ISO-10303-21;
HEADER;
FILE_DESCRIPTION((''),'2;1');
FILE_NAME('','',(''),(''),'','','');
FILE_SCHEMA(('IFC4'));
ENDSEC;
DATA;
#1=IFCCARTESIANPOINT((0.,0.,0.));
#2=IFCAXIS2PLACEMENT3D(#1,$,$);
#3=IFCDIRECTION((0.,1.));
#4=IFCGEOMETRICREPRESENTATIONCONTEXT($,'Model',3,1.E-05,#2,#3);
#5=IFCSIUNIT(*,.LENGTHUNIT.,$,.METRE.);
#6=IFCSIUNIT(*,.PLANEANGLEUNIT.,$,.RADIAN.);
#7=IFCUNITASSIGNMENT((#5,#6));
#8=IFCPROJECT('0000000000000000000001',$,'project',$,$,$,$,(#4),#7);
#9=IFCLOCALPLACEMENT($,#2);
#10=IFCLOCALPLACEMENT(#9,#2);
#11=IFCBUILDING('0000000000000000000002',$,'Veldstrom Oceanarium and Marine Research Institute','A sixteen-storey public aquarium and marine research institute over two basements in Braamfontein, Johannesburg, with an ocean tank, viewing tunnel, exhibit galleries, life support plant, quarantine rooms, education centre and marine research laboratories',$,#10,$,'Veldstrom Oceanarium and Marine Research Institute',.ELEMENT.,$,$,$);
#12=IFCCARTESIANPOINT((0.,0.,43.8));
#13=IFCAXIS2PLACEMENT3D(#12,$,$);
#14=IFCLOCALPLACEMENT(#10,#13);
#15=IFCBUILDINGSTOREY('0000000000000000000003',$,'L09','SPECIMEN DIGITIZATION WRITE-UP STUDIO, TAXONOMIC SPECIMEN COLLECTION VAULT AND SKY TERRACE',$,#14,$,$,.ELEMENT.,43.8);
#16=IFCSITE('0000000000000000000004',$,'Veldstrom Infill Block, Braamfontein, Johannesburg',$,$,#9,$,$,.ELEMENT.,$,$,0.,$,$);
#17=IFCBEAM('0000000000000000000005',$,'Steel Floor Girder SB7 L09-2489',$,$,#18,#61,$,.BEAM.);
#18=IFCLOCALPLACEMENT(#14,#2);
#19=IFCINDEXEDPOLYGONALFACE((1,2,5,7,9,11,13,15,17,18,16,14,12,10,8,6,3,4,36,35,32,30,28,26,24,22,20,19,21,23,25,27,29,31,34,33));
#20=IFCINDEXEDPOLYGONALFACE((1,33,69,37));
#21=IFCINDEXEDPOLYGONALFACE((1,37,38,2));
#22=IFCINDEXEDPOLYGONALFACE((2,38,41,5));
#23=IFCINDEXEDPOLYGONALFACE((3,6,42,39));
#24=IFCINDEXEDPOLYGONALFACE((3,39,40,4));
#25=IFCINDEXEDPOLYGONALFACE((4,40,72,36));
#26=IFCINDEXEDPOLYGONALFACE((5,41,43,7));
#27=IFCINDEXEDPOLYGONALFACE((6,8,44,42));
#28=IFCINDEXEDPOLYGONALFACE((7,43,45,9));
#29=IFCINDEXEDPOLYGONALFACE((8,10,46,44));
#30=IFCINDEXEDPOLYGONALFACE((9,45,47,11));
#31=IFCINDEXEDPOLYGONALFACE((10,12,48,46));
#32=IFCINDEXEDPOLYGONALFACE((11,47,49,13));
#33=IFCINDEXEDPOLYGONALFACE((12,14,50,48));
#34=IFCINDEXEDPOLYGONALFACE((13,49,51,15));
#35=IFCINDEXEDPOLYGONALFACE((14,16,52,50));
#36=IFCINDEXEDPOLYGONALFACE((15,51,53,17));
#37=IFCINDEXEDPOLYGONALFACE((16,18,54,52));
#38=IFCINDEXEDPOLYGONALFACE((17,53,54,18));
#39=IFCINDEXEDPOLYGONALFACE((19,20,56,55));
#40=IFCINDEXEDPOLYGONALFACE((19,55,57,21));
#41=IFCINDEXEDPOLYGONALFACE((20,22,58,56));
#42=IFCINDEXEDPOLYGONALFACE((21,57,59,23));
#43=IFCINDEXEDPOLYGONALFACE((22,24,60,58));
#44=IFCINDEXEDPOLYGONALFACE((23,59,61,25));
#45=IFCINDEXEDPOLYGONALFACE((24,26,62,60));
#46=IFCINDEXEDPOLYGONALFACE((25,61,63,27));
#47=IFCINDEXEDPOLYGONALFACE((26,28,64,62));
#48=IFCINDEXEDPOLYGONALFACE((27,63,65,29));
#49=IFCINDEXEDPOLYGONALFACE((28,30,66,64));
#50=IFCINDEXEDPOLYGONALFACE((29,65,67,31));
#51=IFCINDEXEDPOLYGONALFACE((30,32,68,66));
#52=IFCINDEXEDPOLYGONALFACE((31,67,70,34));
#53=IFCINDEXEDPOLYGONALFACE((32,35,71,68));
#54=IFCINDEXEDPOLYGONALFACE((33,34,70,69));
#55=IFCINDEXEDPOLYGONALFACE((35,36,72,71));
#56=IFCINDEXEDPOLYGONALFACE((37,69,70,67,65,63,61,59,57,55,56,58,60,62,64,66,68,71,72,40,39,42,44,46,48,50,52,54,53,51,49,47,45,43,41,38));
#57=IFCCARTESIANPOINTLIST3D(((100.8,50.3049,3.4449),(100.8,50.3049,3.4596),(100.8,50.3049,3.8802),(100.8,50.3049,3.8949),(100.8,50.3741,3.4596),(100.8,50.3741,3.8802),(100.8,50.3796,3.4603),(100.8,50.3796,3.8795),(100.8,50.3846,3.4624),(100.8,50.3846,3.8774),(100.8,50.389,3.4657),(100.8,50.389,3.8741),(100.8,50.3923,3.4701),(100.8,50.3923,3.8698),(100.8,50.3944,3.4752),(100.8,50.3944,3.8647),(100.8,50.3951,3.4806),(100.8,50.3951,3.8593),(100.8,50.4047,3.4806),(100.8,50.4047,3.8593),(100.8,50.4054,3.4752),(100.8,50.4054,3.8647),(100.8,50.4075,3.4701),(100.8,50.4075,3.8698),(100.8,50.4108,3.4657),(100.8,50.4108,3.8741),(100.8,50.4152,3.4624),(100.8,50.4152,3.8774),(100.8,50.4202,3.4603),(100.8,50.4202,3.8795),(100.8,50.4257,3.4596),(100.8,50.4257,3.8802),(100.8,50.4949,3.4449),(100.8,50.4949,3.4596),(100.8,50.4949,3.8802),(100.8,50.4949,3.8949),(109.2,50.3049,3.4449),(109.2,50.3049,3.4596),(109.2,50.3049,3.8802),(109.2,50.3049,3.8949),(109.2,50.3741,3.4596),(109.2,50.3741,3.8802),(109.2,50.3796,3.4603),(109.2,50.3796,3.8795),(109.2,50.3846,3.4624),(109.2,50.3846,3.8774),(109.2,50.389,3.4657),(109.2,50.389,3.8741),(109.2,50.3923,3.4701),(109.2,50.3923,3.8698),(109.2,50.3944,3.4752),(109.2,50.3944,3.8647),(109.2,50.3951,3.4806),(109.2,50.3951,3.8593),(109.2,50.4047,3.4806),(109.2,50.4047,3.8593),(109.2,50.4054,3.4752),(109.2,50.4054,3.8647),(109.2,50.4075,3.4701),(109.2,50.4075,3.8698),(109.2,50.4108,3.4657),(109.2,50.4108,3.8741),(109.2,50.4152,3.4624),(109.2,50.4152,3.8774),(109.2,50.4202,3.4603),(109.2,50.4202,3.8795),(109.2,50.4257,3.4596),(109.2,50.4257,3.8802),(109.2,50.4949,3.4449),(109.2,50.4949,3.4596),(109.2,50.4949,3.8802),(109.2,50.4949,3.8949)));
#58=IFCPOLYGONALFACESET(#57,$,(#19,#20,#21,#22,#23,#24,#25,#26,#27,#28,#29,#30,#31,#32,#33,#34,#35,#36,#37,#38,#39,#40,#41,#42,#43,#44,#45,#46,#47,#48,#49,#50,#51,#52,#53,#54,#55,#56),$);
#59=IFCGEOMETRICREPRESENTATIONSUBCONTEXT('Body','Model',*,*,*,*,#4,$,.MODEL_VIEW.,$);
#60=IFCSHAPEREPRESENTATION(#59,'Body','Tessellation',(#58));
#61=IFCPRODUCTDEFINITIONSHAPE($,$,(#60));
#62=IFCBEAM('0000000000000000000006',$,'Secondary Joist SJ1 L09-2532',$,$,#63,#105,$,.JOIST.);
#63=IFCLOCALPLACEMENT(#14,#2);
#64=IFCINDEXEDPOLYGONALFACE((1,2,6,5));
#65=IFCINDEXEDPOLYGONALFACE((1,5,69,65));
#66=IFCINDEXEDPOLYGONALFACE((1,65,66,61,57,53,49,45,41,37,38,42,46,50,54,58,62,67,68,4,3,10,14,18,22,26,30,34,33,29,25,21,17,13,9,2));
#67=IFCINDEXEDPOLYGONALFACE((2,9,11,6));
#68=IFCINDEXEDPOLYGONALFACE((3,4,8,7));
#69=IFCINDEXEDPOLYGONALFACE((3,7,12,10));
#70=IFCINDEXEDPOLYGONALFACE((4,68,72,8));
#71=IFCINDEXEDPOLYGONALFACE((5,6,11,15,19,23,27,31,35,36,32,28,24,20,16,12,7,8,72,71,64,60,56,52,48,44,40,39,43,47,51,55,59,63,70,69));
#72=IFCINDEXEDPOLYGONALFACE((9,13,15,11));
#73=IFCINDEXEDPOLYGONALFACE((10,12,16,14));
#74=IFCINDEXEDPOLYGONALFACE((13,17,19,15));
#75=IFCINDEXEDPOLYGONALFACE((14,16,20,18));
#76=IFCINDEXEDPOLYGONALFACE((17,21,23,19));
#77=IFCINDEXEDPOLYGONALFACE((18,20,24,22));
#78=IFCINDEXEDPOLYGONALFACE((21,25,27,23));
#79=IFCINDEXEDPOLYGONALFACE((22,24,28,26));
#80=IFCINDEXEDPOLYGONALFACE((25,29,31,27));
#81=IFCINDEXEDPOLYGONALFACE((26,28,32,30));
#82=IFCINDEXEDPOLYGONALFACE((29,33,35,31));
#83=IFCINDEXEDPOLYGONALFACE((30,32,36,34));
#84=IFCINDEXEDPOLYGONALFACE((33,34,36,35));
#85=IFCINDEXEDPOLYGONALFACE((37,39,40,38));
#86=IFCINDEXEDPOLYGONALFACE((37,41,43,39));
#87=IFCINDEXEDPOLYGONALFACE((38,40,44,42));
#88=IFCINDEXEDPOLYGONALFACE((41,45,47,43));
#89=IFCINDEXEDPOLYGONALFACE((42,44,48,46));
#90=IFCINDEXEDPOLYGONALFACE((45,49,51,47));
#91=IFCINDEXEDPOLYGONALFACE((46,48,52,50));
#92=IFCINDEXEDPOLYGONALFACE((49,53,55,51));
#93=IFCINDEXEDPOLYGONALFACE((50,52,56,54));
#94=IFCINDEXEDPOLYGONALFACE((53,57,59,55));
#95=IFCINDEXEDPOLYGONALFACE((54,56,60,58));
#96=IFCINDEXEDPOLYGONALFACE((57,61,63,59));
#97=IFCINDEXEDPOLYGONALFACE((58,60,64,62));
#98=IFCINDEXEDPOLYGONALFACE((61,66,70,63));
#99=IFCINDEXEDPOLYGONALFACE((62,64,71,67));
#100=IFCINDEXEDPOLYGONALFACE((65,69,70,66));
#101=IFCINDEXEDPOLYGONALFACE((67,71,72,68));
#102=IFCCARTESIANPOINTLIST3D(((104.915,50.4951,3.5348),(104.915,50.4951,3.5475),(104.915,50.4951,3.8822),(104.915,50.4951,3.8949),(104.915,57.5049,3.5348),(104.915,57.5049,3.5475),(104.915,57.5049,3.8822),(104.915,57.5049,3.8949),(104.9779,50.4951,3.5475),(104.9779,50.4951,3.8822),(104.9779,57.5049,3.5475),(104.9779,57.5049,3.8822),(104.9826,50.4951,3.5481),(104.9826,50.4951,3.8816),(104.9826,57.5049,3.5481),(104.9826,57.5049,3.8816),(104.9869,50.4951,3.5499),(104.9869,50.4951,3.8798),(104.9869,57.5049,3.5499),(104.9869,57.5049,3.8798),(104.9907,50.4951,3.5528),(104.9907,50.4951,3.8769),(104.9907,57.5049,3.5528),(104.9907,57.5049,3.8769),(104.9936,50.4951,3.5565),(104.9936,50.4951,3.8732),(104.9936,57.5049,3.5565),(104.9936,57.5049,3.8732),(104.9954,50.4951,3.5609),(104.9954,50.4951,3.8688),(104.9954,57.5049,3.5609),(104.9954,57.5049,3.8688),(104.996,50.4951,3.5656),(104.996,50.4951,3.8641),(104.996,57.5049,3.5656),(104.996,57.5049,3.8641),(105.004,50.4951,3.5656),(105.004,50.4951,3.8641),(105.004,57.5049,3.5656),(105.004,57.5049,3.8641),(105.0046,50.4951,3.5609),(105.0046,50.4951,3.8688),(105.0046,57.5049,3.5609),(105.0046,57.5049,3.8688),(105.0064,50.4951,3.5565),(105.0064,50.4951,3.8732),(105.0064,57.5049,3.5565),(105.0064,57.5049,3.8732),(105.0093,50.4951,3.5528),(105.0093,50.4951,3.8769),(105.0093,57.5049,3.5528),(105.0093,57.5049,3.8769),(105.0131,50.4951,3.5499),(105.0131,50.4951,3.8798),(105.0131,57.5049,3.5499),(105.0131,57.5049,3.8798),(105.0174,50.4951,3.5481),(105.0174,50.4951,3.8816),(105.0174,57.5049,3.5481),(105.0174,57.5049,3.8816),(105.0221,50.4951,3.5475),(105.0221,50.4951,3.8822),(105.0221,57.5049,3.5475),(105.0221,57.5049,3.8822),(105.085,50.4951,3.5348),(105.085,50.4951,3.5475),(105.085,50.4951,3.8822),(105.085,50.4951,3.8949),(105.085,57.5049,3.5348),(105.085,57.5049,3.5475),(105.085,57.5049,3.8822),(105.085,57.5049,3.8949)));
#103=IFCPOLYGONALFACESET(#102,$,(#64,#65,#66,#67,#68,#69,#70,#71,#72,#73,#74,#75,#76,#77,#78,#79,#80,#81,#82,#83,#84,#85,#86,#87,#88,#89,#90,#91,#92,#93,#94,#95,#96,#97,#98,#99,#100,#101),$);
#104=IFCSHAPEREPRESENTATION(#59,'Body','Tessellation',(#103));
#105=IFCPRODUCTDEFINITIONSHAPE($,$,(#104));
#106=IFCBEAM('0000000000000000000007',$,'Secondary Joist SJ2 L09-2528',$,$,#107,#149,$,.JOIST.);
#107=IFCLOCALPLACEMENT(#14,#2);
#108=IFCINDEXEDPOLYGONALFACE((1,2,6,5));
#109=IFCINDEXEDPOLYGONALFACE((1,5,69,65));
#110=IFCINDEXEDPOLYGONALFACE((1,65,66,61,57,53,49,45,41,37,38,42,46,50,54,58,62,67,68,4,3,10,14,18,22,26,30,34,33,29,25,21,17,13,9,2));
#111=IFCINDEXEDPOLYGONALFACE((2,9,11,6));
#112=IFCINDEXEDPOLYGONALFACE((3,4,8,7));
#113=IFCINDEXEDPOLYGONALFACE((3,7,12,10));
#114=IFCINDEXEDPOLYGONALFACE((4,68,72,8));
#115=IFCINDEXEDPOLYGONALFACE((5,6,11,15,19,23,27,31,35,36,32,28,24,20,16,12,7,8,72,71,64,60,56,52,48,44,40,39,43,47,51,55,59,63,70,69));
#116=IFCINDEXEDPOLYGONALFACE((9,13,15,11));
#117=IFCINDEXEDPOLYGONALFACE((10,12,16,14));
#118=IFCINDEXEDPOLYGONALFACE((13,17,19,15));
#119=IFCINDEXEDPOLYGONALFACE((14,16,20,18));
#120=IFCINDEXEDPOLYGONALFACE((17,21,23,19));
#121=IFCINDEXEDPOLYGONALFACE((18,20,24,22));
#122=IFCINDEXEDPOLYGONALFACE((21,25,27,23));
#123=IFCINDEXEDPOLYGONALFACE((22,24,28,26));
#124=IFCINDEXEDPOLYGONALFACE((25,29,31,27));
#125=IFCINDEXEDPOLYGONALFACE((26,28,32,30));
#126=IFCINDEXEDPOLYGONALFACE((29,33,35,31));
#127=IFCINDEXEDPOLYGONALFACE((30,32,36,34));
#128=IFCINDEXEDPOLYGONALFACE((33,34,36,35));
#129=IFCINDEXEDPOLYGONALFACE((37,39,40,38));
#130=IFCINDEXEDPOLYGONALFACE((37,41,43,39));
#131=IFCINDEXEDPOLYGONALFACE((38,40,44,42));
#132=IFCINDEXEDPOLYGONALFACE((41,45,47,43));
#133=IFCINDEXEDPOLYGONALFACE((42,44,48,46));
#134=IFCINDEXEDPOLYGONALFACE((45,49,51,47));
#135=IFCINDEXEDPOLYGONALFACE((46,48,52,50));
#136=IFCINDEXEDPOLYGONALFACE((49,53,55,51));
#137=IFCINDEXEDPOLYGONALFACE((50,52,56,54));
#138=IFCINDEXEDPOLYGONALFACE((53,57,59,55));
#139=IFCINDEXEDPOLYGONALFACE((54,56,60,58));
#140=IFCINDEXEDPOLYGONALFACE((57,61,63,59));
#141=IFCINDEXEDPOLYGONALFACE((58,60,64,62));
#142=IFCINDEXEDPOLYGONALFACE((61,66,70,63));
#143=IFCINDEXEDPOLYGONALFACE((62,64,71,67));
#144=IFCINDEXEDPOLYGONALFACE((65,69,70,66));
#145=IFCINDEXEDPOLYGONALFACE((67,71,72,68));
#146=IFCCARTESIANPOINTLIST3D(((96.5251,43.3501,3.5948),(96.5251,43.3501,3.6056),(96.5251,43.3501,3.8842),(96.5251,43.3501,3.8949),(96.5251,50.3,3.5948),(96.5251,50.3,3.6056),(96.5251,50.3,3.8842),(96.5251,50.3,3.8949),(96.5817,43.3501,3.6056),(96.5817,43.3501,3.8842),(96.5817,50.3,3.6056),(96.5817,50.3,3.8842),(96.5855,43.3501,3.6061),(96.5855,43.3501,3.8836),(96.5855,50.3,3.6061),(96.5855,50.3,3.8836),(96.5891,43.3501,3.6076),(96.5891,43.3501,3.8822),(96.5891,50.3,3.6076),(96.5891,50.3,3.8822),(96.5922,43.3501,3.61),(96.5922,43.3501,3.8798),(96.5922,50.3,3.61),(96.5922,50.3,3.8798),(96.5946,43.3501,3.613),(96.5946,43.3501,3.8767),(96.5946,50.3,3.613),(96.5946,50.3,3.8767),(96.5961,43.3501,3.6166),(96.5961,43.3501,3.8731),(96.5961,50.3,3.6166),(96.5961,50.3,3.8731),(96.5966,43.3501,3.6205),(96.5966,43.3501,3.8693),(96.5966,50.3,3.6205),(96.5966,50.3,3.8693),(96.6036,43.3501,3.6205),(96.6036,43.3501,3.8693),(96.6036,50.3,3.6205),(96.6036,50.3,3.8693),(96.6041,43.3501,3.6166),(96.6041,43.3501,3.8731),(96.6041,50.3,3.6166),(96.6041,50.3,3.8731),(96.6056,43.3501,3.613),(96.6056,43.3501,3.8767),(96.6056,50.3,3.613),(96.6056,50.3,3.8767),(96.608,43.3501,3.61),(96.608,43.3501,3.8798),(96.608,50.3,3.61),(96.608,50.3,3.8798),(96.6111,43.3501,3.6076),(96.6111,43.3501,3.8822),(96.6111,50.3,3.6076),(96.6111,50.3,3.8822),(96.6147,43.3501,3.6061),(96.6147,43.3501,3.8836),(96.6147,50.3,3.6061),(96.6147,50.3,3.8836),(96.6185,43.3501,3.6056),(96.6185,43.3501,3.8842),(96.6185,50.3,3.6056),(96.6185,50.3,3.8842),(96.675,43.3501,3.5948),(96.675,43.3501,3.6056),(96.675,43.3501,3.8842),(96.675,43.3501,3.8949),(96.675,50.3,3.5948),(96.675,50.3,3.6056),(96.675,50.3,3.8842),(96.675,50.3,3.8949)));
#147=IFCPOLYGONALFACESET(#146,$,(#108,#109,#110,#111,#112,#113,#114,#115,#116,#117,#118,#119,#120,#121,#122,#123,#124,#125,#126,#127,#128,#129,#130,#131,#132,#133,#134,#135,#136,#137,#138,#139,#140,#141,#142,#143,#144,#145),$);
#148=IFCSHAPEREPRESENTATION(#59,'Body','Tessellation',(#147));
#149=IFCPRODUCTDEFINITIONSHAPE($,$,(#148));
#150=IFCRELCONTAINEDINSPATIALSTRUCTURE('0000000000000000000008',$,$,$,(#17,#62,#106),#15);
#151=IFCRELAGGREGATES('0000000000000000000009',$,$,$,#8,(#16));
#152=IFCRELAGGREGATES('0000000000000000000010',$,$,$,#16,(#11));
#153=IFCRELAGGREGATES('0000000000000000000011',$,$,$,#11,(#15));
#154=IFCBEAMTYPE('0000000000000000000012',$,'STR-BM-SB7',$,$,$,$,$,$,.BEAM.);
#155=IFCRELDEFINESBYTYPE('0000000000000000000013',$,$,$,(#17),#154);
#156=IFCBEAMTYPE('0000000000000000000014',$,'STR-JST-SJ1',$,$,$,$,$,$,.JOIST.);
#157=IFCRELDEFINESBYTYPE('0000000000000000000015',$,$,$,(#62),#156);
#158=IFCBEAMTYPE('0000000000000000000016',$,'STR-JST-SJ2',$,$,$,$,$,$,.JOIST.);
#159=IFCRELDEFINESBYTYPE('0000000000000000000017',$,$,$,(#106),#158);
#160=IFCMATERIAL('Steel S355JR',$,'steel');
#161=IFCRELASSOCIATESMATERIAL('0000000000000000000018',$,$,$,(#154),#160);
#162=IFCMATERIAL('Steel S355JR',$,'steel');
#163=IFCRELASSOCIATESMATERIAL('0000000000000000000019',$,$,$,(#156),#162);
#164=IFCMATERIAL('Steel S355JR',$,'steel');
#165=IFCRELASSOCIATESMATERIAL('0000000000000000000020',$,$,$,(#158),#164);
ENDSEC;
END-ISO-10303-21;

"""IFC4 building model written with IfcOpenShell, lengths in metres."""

from ifc_helpers import new_model, si_unit, direction, frame, origin, origin_2d, place, context, subcontext, project, spatial, i_section, extrude, material, material_profile, profile_set, type_object, element, save


model = new_model("IFC4")

# Units and contexts
model_context = context("Model", 3, precision=1e-05, world=origin(), true_north=direction((0.0, 1.0)))
body_context = subcontext(model_context, "Body", "Model", "MODEL_VIEW")
ifc_project = project(units=[si_unit("LENGTHUNIT", "METRE"), si_unit("PLANEANGLEUNIT", "RADIAN")], contexts=[model_context])

# Site, building, storey
site_placement = place(None, origin())
site = spatial("IfcSite", under=ifc_project, at=site_placement, Name="Veldstrom Infill Block, Braamfontein, Johannesburg", CompositionType="ELEMENT", RefElevation=0.0)
building_placement = place(site_placement, origin())
building = spatial("IfcBuilding", under=site, at=building_placement, Name="Veldstrom Oceanarium and Marine Research Institute", Description="A sixteen-storey public aquarium and marine research institute over two basements in Braamfontein, Johannesburg, with an ocean tank, viewing tunnel, exhibit galleries, life support plant, quarantine rooms, education centre and marine research laboratories", LongName="Veldstrom Oceanarium and Marine Research Institute", CompositionType="ELEMENT")
storey_placement = place(building_placement, frame((0.0, 0.0, 43.8)))
storey = spatial("IfcBuildingStorey", under=building, at=storey_placement, Name="L09", Description="SPECIMEN DIGITIZATION WRITE-UP STUDIO, TAXONOMIC SPECIMEN COLLECTION VAULT AND SKY TERRACE", CompositionType="ELEMENT", Elevation=43.8)

# Beams
ifc_material_1 = material(Name="Steel S355JR", Category="steel")
ifc_material_profile_1 = material_profile(ifc_material_1, i_section(OverallWidth=0.1899, OverallDepth=0.45, WebThickness=0.0095, FlangeThickness=0.0146, FilletRadius=0.021, at=origin_2d()), Name="IPE 450")
ifc_profile_set_1 = profile_set([ifc_material_profile_1], Name="Steel S355JR")
beam_type_1 = type_object("IfcBeamType", Name="STR-BM-SB7", PredefinedType="BEAM", material=ifc_profile_set_1)
beam_1_placement = place(storey_placement, frame((100.8, 50.3999, 3.6699), z_axis=(1.0, 0.0, 0.0), x_axis=(0.0, 1.0, 0.0)))
element("IfcBeam", 1, at=beam_1_placement, inside=storey, type_object=beam_type_1, Name="Steel Floor Girder SB7 L09-2489", PredefinedType="BEAM", context=body_context, shape_type="SweptSolid", body=[
    extrude(i_section(OverallWidth=0.1899, OverallDepth=0.45, WebThickness=0.0095, FlangeThickness=0.0146, FilletRadius=0.021, at=origin_2d()), origin(), (0.0, 0.0, 1.0), 8.3999),
])
ifc_material_2 = material(Name="Steel S355JR", Category="steel")
ifc_material_profile_2 = material_profile(ifc_material_2, i_section(OverallWidth=0.1699, OverallDepth=0.3601, WebThickness=0.0081, FlangeThickness=0.0127, FilletRadius=0.0181, at=origin_2d()), Name="IPE 360")
ifc_profile_set_2 = profile_set([ifc_material_profile_2], Name="Steel S355JR")
beam_type_2 = type_object("IfcBeamType", Name="STR-JST-SJ1", PredefinedType="JOIST", material=ifc_profile_set_2)
beam_2_placement = place(storey_placement, frame((105.0, 50.4951, 3.7148), z_axis=(0.0, 1.0, 0.0), x_axis=(-1.0, 0.0, 0.0)))
element("IfcBeam", 2, at=beam_2_placement, inside=storey, type_object=beam_type_2, Name="Secondary Joist SJ1 L09-2532", PredefinedType="JOIST", context=body_context, shape_type="SweptSolid", body=[
    extrude(i_section(OverallWidth=0.1699, OverallDepth=0.3601, WebThickness=0.0081, FlangeThickness=0.0127, FilletRadius=0.0181, at=origin_2d()), origin(), (0.0, 0.0, 1.0), 7.0098),
])
ifc_material_3 = material(Name="Steel S355JR", Category="steel")
ifc_material_profile_3 = material_profile(ifc_material_3, i_section(OverallWidth=0.1499, OverallDepth=0.3, WebThickness=0.0071, FlangeThickness=0.0107, FilletRadius=0.0149, at=origin_2d()), Name="IPE 300")
ifc_profile_set_3 = profile_set([ifc_material_profile_3], Name="Steel S355JR")
beam_type_3 = type_object("IfcBeamType", Name="STR-JST-SJ2", PredefinedType="JOIST", material=ifc_profile_set_3)
beam_3_placement = place(storey_placement, frame((96.6001, 43.3501, 3.7449), z_axis=(0.0, 1.0, 0.0), x_axis=(-1.0, 0.0, 0.0)))
element("IfcBeam", 3, at=beam_3_placement, inside=storey, type_object=beam_type_3, Name="Secondary Joist SJ2 L09-2528", PredefinedType="JOIST", context=body_context, shape_type="SweptSolid", body=[
    extrude(i_section(OverallWidth=0.1499, OverallDepth=0.3, WebThickness=0.0071, FlangeThickness=0.0107, FilletRadius=0.0149, at=origin_2d()), origin(), (0.0, 0.0, 1.0), 6.95),
])

save(model, "model.ifc")
